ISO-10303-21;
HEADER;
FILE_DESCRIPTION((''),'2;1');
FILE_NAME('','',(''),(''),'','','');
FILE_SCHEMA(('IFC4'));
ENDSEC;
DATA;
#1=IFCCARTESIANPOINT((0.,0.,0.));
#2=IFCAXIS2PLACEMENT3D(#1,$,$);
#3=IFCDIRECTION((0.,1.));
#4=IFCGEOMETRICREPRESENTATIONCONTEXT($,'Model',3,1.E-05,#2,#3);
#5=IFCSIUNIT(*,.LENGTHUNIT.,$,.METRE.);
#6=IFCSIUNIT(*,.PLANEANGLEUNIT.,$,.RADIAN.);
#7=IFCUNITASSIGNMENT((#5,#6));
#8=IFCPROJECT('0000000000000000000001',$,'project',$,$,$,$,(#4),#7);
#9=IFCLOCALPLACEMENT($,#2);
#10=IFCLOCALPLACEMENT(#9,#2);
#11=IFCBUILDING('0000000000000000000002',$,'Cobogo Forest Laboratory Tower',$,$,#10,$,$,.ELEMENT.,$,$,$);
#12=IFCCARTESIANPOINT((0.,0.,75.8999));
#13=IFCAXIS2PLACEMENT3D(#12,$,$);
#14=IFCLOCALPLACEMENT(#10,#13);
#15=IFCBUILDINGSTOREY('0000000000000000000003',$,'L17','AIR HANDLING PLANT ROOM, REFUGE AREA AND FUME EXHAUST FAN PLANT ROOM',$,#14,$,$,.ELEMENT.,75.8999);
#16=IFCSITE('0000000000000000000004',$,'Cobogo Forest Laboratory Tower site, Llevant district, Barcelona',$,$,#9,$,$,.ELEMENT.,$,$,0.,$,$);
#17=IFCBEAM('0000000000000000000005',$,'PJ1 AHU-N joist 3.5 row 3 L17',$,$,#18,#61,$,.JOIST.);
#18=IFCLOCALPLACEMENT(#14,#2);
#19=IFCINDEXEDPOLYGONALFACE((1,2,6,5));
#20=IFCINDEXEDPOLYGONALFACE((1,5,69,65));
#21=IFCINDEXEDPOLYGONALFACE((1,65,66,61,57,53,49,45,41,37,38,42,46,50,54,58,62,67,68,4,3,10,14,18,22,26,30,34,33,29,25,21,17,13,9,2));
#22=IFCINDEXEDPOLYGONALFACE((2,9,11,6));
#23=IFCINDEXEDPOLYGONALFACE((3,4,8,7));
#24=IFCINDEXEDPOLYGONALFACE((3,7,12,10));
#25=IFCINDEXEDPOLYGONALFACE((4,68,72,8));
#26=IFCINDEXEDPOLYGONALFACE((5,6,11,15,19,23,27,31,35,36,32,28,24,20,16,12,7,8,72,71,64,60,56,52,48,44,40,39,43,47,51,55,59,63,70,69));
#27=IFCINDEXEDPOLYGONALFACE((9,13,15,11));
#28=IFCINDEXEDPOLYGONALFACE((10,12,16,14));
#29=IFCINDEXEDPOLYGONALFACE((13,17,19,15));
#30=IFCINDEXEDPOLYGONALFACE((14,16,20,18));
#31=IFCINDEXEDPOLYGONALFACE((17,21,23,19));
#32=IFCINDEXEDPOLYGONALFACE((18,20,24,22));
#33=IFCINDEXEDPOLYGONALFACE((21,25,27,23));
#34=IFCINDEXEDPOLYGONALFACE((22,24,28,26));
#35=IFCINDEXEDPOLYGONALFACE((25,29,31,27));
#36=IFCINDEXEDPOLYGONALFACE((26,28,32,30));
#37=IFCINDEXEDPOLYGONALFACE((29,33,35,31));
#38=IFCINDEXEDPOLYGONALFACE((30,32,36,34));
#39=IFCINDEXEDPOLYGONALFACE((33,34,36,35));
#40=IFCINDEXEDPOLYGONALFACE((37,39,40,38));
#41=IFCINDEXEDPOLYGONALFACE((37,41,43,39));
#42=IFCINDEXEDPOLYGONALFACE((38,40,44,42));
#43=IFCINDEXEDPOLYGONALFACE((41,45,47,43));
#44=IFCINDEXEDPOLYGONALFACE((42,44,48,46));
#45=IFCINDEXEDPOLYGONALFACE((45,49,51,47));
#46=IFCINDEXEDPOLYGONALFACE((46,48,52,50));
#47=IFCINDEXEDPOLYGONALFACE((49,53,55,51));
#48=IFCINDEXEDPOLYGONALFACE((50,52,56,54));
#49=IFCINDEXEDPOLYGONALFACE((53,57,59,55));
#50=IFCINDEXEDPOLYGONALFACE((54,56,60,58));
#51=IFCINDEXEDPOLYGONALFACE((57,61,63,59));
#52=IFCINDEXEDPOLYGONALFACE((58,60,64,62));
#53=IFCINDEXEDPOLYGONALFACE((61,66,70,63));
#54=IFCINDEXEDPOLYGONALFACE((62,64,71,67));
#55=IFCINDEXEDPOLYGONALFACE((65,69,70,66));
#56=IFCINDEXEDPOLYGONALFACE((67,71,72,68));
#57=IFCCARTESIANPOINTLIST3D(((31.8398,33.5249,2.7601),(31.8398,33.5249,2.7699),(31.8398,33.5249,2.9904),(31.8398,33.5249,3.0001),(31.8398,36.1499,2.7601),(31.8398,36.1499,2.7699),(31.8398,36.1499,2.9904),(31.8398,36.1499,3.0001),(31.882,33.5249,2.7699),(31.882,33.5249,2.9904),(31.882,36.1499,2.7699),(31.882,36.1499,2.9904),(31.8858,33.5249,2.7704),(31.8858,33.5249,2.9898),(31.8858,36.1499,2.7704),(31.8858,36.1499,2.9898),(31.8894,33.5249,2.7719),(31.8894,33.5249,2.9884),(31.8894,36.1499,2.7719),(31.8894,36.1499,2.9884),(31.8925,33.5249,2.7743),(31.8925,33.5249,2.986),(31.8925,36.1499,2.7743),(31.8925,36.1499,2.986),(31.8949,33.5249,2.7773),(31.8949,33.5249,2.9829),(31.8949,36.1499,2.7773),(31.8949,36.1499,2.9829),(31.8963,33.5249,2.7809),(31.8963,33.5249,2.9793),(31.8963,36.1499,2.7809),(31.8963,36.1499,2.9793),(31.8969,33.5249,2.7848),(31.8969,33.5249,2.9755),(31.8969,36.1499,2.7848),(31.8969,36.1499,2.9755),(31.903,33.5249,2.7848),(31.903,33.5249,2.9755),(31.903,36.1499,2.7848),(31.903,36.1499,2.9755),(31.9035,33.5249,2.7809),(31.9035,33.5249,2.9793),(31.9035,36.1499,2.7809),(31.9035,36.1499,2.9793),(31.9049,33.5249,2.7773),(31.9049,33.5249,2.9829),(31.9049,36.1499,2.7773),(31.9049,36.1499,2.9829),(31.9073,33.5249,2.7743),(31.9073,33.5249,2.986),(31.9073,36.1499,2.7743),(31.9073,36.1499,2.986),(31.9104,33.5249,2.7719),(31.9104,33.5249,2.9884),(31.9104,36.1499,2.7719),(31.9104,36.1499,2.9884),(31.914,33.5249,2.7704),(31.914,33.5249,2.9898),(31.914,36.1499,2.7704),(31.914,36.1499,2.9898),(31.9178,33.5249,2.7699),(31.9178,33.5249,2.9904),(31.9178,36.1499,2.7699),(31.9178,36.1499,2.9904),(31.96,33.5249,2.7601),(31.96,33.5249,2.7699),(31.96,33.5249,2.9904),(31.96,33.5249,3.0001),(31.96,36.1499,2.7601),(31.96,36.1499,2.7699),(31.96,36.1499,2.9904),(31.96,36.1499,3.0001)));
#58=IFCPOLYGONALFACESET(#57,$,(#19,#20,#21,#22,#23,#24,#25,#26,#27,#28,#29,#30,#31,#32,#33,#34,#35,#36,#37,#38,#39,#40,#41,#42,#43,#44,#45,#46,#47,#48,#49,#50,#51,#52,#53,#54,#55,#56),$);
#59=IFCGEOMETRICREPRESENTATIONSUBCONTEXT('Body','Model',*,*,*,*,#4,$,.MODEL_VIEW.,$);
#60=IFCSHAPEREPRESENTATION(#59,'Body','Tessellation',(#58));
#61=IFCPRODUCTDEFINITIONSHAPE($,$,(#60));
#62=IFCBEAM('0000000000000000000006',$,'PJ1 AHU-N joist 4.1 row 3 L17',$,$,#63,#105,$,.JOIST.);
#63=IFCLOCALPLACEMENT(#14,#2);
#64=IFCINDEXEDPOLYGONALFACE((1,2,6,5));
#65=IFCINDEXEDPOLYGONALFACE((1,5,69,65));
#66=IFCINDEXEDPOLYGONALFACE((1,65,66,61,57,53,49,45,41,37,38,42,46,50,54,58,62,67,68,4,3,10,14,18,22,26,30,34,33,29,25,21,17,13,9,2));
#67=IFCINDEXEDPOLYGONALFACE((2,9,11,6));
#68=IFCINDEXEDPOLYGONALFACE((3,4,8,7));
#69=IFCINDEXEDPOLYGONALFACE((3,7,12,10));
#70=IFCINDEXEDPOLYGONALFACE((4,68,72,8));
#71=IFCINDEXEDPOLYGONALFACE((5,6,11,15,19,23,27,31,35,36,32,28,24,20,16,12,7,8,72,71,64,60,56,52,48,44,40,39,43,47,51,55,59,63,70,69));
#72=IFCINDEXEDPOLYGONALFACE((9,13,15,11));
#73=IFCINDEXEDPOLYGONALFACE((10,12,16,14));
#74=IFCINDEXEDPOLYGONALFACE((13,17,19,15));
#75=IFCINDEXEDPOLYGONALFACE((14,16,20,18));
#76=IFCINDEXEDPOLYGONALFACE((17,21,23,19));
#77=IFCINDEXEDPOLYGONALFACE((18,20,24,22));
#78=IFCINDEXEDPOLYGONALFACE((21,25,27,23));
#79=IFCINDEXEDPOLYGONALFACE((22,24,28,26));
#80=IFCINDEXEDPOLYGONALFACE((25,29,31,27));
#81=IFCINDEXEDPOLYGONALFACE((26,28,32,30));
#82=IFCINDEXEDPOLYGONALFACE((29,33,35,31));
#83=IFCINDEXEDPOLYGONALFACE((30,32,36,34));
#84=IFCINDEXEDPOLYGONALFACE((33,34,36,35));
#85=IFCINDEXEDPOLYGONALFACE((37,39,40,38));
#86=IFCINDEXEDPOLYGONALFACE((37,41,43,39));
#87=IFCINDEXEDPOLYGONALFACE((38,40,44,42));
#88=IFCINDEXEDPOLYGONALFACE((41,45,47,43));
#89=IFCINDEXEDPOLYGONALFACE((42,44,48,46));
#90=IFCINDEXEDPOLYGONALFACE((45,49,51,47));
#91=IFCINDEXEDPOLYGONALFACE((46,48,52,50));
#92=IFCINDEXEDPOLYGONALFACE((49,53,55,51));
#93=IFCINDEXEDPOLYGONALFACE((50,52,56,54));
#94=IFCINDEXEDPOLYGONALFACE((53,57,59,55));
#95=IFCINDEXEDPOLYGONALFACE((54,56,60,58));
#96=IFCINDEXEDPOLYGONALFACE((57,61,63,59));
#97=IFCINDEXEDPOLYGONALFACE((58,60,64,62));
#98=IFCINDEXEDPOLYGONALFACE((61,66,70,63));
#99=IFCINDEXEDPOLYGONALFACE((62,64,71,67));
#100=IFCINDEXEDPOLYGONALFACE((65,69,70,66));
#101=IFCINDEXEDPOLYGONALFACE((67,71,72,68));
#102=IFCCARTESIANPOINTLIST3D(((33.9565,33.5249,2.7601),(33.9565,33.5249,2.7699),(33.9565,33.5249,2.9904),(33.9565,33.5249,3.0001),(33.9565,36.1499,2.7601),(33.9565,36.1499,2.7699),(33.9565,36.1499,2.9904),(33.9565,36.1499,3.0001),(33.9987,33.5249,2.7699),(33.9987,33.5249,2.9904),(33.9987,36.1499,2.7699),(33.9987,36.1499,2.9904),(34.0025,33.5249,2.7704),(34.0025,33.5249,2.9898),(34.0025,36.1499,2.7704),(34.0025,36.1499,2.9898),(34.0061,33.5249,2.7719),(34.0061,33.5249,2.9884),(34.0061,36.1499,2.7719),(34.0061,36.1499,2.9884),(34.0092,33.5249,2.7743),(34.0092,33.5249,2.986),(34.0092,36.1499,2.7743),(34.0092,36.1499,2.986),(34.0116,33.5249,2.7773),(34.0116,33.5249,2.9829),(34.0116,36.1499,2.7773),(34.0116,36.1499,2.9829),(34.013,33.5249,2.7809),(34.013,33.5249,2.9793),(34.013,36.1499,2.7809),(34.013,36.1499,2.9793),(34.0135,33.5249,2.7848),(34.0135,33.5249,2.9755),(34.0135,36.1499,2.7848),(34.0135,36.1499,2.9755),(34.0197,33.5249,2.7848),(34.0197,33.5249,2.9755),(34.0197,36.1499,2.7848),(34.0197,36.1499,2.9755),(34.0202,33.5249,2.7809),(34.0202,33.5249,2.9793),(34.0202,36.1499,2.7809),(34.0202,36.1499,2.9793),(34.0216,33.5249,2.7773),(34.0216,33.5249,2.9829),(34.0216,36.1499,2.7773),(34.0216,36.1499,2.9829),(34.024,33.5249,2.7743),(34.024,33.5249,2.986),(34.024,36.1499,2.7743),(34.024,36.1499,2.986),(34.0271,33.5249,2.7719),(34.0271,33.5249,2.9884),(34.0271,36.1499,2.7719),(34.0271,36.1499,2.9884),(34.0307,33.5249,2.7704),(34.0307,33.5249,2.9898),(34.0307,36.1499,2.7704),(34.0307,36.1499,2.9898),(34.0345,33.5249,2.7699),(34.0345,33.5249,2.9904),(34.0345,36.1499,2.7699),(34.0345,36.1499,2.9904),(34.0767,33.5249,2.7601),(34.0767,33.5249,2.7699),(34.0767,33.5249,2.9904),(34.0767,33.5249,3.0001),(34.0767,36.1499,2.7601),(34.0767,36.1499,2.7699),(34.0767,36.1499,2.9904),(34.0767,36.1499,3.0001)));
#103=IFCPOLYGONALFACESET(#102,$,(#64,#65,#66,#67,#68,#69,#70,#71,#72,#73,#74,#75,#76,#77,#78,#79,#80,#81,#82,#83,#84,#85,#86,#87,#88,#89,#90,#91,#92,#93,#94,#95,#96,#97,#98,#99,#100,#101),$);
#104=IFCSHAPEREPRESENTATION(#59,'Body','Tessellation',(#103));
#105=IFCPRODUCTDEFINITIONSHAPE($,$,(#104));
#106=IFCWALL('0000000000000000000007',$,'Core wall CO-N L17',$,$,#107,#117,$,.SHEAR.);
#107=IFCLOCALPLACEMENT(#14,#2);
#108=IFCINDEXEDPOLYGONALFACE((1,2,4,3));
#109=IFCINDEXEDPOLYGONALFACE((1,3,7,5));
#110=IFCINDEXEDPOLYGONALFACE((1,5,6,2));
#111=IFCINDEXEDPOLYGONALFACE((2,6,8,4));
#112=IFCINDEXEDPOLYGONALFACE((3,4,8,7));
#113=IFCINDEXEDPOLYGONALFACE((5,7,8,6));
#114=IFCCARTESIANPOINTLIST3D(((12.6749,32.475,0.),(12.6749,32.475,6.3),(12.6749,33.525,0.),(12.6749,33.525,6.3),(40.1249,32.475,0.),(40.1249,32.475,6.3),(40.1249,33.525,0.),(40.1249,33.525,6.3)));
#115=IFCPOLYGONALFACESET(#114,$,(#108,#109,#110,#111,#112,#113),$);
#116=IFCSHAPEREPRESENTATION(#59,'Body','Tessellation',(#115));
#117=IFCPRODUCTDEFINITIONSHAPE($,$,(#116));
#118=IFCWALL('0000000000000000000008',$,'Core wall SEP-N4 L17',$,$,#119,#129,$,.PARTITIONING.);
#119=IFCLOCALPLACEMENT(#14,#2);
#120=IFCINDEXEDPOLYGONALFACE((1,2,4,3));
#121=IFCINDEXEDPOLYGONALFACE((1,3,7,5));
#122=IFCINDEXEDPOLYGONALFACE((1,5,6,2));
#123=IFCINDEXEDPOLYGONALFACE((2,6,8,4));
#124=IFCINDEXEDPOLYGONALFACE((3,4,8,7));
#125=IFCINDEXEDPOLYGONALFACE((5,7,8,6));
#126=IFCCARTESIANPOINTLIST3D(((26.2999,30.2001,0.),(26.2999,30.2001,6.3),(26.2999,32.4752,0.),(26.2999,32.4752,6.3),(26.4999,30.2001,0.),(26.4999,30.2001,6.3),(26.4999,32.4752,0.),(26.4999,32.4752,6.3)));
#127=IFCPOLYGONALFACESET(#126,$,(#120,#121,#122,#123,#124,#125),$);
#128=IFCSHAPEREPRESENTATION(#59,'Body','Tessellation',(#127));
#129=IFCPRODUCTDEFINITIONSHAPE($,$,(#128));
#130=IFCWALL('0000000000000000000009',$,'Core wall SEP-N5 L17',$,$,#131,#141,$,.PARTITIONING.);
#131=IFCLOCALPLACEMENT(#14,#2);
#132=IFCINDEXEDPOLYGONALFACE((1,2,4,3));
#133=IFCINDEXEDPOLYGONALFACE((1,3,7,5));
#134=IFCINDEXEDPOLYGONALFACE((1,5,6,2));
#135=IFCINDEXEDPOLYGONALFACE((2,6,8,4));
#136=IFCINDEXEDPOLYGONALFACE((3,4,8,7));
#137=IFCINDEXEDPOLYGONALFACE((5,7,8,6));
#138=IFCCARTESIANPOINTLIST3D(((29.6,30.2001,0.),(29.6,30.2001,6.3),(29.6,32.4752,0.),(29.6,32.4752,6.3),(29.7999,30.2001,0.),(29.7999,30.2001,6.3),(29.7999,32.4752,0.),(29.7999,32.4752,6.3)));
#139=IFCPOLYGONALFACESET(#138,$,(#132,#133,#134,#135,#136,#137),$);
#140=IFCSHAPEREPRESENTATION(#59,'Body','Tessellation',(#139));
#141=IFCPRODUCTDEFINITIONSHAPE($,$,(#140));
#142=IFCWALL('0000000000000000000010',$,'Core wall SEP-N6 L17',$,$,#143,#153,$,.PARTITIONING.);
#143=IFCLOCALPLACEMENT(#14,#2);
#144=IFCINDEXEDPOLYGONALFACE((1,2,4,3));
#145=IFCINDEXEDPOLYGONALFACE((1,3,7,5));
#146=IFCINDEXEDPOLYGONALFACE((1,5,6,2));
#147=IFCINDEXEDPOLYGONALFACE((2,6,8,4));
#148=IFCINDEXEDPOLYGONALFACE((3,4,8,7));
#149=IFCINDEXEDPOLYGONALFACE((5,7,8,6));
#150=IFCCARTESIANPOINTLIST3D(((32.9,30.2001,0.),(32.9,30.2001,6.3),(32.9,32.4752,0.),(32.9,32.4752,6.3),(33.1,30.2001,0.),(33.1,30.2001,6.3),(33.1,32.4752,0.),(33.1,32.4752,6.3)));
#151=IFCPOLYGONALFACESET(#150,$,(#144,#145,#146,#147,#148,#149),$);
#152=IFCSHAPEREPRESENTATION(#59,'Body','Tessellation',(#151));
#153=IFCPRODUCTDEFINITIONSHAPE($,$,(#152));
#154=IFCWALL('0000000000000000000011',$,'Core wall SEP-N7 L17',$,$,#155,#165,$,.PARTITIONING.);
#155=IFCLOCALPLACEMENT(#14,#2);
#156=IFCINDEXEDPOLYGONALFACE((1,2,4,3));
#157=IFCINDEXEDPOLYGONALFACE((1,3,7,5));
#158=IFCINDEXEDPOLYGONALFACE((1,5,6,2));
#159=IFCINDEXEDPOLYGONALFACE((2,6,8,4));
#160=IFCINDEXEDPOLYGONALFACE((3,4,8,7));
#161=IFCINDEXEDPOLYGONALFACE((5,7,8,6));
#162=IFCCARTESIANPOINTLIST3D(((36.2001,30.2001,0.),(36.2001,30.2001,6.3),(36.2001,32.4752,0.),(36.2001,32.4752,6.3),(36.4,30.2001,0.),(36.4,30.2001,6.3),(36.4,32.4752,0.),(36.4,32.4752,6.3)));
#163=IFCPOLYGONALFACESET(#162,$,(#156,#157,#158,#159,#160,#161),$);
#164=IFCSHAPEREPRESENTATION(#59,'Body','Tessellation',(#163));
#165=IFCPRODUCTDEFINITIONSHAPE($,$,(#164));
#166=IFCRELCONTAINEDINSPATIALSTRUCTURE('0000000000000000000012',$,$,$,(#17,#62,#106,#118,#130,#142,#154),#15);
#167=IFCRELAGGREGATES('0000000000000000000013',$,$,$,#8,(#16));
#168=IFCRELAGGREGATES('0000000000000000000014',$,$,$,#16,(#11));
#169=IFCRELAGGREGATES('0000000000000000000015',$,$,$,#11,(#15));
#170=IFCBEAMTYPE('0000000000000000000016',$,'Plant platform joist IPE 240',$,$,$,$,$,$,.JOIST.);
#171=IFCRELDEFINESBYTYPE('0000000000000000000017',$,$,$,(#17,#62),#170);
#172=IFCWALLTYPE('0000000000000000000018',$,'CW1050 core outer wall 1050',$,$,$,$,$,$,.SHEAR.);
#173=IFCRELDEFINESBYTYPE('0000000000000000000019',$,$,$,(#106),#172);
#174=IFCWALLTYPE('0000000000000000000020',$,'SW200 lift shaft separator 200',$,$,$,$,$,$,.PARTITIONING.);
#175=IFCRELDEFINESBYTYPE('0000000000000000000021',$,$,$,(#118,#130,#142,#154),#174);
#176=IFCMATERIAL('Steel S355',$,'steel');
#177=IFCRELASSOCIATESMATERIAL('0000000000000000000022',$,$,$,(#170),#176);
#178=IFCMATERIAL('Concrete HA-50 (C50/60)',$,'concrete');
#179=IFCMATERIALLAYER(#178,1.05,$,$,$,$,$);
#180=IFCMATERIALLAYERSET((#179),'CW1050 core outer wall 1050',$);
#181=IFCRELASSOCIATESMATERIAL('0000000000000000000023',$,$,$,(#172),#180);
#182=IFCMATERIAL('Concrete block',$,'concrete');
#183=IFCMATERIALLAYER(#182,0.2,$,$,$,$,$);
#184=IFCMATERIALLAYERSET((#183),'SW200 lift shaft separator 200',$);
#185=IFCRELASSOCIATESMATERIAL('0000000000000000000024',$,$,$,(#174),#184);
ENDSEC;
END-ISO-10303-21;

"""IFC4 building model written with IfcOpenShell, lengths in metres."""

from ifc_helpers import new_model, si_unit, direction, frame, frame_2d, origin, origin_2d, place, context, subcontext, project, spatial, rectangle, i_section, extrude, material, layer, layer_set, material_profile, profile_set, type_object, element, save


model = new_model("IFC4")

# Units and contexts
model_context = context("Model", 3, precision=1e-05, world=origin(), true_north=direction((0.0, 1.0)))
body_context = subcontext(model_context, "Body", "Model", "MODEL_VIEW")
ifc_project = project(units=[si_unit("LENGTHUNIT", "METRE"), si_unit("PLANEANGLEUNIT", "RADIAN")], contexts=[model_context])

# Site, building, storey
site_placement = place(None, origin())
site = spatial("IfcSite", under=ifc_project, at=site_placement, Name="Cobogo Forest Laboratory Tower site, Llevant district, Barcelona", CompositionType="ELEMENT", RefElevation=0.0)
building_placement = place(site_placement, origin())
building = spatial("IfcBuilding", under=site, at=building_placement, Name="Cobogo Forest Laboratory Tower", CompositionType="ELEMENT")
storey_placement = place(building_placement, frame((0.0, 0.0, 75.8999)))
storey = spatial("IfcBuildingStorey", under=building, at=storey_placement, Name="L17", Description="AIR HANDLING PLANT ROOM, REFUGE AREA AND FUME EXHAUST FAN PLANT ROOM", CompositionType="ELEMENT", Elevation=75.8999)

# Shared definitions
ifc_material_1 = material(Name="Steel S355", Category="steel")

# Beams
ifc_material_profile_1 = material_profile(ifc_material_1, i_section(OverallWidth=0.1201, OverallDepth=0.24, WebThickness=0.0061, FlangeThickness=0.0098, FilletRadius=0.0149, at=origin_2d()), Name="IPE 240")
ifc_profile_set_1 = profile_set([ifc_material_profile_1], Name="Steel S355")
beam_type_1 = type_object("IfcBeamType", Name="Plant platform joist IPE 240", PredefinedType="JOIST", material=ifc_profile_set_1)
for number, where, z_axis, x_axis, name in (
    (1, (31.8999, 36.1499, 2.8801), (0.0, -1.0, 0.0), (1.0, 0.0, 0.0), "PJ1 AHU-N joist 3.5 row 3 L17"),
    (2, (34.0166, 36.1499, 2.8801), (0.0, -1.0, 0.0), (1.0, 0.0, 0.0), "PJ1 AHU-N joist 4.1 row 3 L17"),
):
    element("IfcBeam", number, at=place(storey_placement, frame(where, z_axis=z_axis, x_axis=x_axis)), inside=storey, type_object=beam_type_1, Name=name, PredefinedType="JOIST", context=body_context, shape_type="SweptSolid", body=[
        extrude(i_section(OverallWidth=0.1201, OverallDepth=0.24, WebThickness=0.0061, FlangeThickness=0.0098, FilletRadius=0.0149, at=origin_2d()), origin(), (0.0, 0.0, 1.0), 2.625),
    ])

# Wall
ifc_material_2 = material(Name="Concrete HA-50 (C50/60)", Category="concrete")
ifc_layer_1 = layer(ifc_material_2, 1.05)
ifc_layer_set_1 = layer_set([ifc_layer_1], Name="CW1050 core outer wall 1050")
wall_type_1 = type_object("IfcWallType", Name="CW1050 core outer wall 1050", PredefinedType="SHEAR", material=ifc_layer_set_1)
wall_1_placement = place(storey_placement, frame((40.125, 33.0, 0.0), z_axis=(0.0, 0.0, 1.0), x_axis=(-1.0, 0.0, 0.0)))
element("IfcWall", 3, at=wall_1_placement, inside=storey, type_object=wall_type_1, Name="Core wall CO-N L17", PredefinedType="SHEAR", context=body_context, shape_type="SweptSolid", body=[
    extrude(rectangle(XDim=27.45, YDim=1.05, at=frame_2d((13.7251, 0.0))), origin(), (0.0, 0.0, 1.0), 6.3),
])

# Walls
ifc_material_3 = material(Name="Concrete block", Category="concrete")
ifc_layer_2 = layer(ifc_material_3, 0.2)
ifc_layer_set_2 = layer_set([ifc_layer_2], Name="SW200 lift shaft separator 200")
wall_type_2 = type_object("IfcWallType", Name="SW200 lift shaft separator 200", PredefinedType="PARTITIONING", material=ifc_layer_set_2)
for number, where, z_axis, x_axis, name in (
    (4, (26.3999, 30.2, 0.0), (0.0, 0.0, 1.0), (0.0, 1.0, 0.0), "Core wall SEP-N4 L17"),
    (5, (29.7, 30.2, 0.0), (0.0, 0.0, 1.0), (0.0, 1.0, 0.0), "Core wall SEP-N5 L17"),
    (6, (33.0, 30.2, 0.0), (0.0, 0.0, 1.0), (0.0, 1.0, 0.0), "Core wall SEP-N6 L17"),
    (7, (36.3, 30.2, 0.0), (0.0, 0.0, 1.0), (0.0, 1.0, 0.0), "Core wall SEP-N7 L17"),
):
    element("IfcWall", number, at=place(storey_placement, frame(where, z_axis=z_axis, x_axis=x_axis)), inside=storey, type_object=wall_type_2, Name=name, PredefinedType="PARTITIONING", context=body_context, shape_type="SweptSolid", body=[
        extrude(rectangle(XDim=2.2751, YDim=0.2, at=frame_2d((1.1377, 0.0))), origin(), (0.0, 0.0, 1.0), 6.3),
    ])

save(model, "model.ifc")
